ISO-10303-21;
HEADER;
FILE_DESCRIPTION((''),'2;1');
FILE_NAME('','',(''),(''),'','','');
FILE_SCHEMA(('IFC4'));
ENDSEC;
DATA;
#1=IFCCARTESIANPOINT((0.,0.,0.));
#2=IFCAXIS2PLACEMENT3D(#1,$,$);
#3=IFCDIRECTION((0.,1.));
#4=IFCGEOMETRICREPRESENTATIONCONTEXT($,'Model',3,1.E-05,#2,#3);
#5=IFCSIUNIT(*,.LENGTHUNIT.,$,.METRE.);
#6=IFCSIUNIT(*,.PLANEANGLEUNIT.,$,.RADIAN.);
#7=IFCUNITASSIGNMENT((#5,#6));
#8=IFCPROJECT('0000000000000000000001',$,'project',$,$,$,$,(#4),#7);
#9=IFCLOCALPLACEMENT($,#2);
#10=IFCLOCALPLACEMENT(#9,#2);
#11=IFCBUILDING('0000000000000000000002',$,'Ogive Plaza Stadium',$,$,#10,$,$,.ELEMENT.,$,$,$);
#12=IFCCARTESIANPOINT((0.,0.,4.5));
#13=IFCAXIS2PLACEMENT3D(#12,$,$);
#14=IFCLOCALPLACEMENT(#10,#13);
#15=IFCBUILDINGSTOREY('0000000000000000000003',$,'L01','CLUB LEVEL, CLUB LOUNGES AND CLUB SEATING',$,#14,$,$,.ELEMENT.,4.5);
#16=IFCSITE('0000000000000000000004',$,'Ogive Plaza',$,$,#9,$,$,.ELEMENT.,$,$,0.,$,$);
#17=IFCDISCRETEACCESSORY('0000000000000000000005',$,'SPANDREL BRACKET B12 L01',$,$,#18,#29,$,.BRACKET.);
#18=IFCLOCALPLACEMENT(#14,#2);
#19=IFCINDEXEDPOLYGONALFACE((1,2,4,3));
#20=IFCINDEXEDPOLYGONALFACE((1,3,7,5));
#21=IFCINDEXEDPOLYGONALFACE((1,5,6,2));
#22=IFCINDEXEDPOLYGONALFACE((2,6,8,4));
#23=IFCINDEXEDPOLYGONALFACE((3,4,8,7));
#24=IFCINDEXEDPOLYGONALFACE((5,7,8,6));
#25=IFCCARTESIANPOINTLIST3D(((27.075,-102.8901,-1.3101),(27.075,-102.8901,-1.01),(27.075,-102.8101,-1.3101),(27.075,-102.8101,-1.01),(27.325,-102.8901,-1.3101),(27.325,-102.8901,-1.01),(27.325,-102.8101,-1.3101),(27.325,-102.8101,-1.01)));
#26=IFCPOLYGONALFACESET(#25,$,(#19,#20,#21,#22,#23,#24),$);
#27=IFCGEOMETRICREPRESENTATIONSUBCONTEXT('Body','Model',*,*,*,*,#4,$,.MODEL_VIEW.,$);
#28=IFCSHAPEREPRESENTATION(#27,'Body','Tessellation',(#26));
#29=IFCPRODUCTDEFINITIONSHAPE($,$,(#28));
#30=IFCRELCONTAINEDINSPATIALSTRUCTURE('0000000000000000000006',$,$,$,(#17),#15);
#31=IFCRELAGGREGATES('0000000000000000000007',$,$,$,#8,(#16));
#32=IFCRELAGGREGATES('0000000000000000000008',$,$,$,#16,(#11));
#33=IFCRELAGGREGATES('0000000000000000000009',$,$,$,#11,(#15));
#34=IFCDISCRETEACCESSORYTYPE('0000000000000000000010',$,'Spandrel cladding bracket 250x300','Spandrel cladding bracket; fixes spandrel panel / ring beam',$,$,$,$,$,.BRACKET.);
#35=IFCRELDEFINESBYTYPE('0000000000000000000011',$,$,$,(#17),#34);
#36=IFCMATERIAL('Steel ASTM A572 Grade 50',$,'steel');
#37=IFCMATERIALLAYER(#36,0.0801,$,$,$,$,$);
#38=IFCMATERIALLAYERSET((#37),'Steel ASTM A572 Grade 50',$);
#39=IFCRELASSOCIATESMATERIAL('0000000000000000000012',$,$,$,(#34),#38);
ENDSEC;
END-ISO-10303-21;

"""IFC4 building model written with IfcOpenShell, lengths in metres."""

from ifc_helpers import new_model, si_unit, direction, frame, origin, origin_2d, place, context, subcontext, project, spatial, rectangle, extrude, material, layer, layer_set, type_object, element, save


model = new_model("IFC4")

# Units and contexts
model_context = context("Model", 3, precision=1e-05, world=origin(), true_north=direction((0.0, 1.0)))
body_context = subcontext(model_context, "Body", "Model", "MODEL_VIEW")
ifc_project = project(units=[si_unit("LENGTHUNIT", "METRE"), si_unit("PLANEANGLEUNIT", "RADIAN")], contexts=[model_context])

# Site, building, storey
site_placement = place(None, origin())
site = spatial("IfcSite", under=ifc_project, at=site_placement, Name="Ogive Plaza", CompositionType="ELEMENT", RefElevation=0.0)
building_placement = place(site_placement, origin())
building = spatial("IfcBuilding", under=site, at=building_placement, Name="Ogive Plaza Stadium", CompositionType="ELEMENT")
storey_placement = place(building_placement, frame((0.0, 0.0, 4.5)))
storey = spatial("IfcBuildingStorey", under=building, at=storey_placement, Name="L01", Description="CLUB LEVEL, CLUB LOUNGES AND CLUB SEATING", CompositionType="ELEMENT", Elevation=4.5)

# Discrete accessory
ifc_material_1 = material(Name="Steel ASTM A572 Grade 50", Category="steel")
ifc_layer_1 = layer(ifc_material_1, 0.0801)
ifc_layer_set_1 = layer_set([ifc_layer_1], Name="Steel ASTM A572 Grade 50")
discrete_accessory_type = type_object("IfcDiscreteAccessoryType", Name="Spandrel cladding bracket 250x300", Description="Spandrel cladding bracket; fixes spandrel panel / ring beam", PredefinedType="BRACKET", material=ifc_layer_set_1)
discrete_accessory_placement = place(storey_placement, frame((27.2, -102.8501, -1.3101), z_axis=(0.0, 0.0, 1.0), x_axis=(-1.0, 0.0, 0.0)))
element("IfcDiscreteAccessory", 1, at=discrete_accessory_placement, inside=storey, type_object=discrete_accessory_type, Name="SPANDREL BRACKET B12 L01", PredefinedType="BRACKET", context=body_context, shape_type="SweptSolid", body=[
    extrude(rectangle(XDim=0.25, YDim=0.0801, at=origin_2d()), origin(), (0.0, 0.0, 1.0), 0.3),
])

save(model, "model.ifc")
